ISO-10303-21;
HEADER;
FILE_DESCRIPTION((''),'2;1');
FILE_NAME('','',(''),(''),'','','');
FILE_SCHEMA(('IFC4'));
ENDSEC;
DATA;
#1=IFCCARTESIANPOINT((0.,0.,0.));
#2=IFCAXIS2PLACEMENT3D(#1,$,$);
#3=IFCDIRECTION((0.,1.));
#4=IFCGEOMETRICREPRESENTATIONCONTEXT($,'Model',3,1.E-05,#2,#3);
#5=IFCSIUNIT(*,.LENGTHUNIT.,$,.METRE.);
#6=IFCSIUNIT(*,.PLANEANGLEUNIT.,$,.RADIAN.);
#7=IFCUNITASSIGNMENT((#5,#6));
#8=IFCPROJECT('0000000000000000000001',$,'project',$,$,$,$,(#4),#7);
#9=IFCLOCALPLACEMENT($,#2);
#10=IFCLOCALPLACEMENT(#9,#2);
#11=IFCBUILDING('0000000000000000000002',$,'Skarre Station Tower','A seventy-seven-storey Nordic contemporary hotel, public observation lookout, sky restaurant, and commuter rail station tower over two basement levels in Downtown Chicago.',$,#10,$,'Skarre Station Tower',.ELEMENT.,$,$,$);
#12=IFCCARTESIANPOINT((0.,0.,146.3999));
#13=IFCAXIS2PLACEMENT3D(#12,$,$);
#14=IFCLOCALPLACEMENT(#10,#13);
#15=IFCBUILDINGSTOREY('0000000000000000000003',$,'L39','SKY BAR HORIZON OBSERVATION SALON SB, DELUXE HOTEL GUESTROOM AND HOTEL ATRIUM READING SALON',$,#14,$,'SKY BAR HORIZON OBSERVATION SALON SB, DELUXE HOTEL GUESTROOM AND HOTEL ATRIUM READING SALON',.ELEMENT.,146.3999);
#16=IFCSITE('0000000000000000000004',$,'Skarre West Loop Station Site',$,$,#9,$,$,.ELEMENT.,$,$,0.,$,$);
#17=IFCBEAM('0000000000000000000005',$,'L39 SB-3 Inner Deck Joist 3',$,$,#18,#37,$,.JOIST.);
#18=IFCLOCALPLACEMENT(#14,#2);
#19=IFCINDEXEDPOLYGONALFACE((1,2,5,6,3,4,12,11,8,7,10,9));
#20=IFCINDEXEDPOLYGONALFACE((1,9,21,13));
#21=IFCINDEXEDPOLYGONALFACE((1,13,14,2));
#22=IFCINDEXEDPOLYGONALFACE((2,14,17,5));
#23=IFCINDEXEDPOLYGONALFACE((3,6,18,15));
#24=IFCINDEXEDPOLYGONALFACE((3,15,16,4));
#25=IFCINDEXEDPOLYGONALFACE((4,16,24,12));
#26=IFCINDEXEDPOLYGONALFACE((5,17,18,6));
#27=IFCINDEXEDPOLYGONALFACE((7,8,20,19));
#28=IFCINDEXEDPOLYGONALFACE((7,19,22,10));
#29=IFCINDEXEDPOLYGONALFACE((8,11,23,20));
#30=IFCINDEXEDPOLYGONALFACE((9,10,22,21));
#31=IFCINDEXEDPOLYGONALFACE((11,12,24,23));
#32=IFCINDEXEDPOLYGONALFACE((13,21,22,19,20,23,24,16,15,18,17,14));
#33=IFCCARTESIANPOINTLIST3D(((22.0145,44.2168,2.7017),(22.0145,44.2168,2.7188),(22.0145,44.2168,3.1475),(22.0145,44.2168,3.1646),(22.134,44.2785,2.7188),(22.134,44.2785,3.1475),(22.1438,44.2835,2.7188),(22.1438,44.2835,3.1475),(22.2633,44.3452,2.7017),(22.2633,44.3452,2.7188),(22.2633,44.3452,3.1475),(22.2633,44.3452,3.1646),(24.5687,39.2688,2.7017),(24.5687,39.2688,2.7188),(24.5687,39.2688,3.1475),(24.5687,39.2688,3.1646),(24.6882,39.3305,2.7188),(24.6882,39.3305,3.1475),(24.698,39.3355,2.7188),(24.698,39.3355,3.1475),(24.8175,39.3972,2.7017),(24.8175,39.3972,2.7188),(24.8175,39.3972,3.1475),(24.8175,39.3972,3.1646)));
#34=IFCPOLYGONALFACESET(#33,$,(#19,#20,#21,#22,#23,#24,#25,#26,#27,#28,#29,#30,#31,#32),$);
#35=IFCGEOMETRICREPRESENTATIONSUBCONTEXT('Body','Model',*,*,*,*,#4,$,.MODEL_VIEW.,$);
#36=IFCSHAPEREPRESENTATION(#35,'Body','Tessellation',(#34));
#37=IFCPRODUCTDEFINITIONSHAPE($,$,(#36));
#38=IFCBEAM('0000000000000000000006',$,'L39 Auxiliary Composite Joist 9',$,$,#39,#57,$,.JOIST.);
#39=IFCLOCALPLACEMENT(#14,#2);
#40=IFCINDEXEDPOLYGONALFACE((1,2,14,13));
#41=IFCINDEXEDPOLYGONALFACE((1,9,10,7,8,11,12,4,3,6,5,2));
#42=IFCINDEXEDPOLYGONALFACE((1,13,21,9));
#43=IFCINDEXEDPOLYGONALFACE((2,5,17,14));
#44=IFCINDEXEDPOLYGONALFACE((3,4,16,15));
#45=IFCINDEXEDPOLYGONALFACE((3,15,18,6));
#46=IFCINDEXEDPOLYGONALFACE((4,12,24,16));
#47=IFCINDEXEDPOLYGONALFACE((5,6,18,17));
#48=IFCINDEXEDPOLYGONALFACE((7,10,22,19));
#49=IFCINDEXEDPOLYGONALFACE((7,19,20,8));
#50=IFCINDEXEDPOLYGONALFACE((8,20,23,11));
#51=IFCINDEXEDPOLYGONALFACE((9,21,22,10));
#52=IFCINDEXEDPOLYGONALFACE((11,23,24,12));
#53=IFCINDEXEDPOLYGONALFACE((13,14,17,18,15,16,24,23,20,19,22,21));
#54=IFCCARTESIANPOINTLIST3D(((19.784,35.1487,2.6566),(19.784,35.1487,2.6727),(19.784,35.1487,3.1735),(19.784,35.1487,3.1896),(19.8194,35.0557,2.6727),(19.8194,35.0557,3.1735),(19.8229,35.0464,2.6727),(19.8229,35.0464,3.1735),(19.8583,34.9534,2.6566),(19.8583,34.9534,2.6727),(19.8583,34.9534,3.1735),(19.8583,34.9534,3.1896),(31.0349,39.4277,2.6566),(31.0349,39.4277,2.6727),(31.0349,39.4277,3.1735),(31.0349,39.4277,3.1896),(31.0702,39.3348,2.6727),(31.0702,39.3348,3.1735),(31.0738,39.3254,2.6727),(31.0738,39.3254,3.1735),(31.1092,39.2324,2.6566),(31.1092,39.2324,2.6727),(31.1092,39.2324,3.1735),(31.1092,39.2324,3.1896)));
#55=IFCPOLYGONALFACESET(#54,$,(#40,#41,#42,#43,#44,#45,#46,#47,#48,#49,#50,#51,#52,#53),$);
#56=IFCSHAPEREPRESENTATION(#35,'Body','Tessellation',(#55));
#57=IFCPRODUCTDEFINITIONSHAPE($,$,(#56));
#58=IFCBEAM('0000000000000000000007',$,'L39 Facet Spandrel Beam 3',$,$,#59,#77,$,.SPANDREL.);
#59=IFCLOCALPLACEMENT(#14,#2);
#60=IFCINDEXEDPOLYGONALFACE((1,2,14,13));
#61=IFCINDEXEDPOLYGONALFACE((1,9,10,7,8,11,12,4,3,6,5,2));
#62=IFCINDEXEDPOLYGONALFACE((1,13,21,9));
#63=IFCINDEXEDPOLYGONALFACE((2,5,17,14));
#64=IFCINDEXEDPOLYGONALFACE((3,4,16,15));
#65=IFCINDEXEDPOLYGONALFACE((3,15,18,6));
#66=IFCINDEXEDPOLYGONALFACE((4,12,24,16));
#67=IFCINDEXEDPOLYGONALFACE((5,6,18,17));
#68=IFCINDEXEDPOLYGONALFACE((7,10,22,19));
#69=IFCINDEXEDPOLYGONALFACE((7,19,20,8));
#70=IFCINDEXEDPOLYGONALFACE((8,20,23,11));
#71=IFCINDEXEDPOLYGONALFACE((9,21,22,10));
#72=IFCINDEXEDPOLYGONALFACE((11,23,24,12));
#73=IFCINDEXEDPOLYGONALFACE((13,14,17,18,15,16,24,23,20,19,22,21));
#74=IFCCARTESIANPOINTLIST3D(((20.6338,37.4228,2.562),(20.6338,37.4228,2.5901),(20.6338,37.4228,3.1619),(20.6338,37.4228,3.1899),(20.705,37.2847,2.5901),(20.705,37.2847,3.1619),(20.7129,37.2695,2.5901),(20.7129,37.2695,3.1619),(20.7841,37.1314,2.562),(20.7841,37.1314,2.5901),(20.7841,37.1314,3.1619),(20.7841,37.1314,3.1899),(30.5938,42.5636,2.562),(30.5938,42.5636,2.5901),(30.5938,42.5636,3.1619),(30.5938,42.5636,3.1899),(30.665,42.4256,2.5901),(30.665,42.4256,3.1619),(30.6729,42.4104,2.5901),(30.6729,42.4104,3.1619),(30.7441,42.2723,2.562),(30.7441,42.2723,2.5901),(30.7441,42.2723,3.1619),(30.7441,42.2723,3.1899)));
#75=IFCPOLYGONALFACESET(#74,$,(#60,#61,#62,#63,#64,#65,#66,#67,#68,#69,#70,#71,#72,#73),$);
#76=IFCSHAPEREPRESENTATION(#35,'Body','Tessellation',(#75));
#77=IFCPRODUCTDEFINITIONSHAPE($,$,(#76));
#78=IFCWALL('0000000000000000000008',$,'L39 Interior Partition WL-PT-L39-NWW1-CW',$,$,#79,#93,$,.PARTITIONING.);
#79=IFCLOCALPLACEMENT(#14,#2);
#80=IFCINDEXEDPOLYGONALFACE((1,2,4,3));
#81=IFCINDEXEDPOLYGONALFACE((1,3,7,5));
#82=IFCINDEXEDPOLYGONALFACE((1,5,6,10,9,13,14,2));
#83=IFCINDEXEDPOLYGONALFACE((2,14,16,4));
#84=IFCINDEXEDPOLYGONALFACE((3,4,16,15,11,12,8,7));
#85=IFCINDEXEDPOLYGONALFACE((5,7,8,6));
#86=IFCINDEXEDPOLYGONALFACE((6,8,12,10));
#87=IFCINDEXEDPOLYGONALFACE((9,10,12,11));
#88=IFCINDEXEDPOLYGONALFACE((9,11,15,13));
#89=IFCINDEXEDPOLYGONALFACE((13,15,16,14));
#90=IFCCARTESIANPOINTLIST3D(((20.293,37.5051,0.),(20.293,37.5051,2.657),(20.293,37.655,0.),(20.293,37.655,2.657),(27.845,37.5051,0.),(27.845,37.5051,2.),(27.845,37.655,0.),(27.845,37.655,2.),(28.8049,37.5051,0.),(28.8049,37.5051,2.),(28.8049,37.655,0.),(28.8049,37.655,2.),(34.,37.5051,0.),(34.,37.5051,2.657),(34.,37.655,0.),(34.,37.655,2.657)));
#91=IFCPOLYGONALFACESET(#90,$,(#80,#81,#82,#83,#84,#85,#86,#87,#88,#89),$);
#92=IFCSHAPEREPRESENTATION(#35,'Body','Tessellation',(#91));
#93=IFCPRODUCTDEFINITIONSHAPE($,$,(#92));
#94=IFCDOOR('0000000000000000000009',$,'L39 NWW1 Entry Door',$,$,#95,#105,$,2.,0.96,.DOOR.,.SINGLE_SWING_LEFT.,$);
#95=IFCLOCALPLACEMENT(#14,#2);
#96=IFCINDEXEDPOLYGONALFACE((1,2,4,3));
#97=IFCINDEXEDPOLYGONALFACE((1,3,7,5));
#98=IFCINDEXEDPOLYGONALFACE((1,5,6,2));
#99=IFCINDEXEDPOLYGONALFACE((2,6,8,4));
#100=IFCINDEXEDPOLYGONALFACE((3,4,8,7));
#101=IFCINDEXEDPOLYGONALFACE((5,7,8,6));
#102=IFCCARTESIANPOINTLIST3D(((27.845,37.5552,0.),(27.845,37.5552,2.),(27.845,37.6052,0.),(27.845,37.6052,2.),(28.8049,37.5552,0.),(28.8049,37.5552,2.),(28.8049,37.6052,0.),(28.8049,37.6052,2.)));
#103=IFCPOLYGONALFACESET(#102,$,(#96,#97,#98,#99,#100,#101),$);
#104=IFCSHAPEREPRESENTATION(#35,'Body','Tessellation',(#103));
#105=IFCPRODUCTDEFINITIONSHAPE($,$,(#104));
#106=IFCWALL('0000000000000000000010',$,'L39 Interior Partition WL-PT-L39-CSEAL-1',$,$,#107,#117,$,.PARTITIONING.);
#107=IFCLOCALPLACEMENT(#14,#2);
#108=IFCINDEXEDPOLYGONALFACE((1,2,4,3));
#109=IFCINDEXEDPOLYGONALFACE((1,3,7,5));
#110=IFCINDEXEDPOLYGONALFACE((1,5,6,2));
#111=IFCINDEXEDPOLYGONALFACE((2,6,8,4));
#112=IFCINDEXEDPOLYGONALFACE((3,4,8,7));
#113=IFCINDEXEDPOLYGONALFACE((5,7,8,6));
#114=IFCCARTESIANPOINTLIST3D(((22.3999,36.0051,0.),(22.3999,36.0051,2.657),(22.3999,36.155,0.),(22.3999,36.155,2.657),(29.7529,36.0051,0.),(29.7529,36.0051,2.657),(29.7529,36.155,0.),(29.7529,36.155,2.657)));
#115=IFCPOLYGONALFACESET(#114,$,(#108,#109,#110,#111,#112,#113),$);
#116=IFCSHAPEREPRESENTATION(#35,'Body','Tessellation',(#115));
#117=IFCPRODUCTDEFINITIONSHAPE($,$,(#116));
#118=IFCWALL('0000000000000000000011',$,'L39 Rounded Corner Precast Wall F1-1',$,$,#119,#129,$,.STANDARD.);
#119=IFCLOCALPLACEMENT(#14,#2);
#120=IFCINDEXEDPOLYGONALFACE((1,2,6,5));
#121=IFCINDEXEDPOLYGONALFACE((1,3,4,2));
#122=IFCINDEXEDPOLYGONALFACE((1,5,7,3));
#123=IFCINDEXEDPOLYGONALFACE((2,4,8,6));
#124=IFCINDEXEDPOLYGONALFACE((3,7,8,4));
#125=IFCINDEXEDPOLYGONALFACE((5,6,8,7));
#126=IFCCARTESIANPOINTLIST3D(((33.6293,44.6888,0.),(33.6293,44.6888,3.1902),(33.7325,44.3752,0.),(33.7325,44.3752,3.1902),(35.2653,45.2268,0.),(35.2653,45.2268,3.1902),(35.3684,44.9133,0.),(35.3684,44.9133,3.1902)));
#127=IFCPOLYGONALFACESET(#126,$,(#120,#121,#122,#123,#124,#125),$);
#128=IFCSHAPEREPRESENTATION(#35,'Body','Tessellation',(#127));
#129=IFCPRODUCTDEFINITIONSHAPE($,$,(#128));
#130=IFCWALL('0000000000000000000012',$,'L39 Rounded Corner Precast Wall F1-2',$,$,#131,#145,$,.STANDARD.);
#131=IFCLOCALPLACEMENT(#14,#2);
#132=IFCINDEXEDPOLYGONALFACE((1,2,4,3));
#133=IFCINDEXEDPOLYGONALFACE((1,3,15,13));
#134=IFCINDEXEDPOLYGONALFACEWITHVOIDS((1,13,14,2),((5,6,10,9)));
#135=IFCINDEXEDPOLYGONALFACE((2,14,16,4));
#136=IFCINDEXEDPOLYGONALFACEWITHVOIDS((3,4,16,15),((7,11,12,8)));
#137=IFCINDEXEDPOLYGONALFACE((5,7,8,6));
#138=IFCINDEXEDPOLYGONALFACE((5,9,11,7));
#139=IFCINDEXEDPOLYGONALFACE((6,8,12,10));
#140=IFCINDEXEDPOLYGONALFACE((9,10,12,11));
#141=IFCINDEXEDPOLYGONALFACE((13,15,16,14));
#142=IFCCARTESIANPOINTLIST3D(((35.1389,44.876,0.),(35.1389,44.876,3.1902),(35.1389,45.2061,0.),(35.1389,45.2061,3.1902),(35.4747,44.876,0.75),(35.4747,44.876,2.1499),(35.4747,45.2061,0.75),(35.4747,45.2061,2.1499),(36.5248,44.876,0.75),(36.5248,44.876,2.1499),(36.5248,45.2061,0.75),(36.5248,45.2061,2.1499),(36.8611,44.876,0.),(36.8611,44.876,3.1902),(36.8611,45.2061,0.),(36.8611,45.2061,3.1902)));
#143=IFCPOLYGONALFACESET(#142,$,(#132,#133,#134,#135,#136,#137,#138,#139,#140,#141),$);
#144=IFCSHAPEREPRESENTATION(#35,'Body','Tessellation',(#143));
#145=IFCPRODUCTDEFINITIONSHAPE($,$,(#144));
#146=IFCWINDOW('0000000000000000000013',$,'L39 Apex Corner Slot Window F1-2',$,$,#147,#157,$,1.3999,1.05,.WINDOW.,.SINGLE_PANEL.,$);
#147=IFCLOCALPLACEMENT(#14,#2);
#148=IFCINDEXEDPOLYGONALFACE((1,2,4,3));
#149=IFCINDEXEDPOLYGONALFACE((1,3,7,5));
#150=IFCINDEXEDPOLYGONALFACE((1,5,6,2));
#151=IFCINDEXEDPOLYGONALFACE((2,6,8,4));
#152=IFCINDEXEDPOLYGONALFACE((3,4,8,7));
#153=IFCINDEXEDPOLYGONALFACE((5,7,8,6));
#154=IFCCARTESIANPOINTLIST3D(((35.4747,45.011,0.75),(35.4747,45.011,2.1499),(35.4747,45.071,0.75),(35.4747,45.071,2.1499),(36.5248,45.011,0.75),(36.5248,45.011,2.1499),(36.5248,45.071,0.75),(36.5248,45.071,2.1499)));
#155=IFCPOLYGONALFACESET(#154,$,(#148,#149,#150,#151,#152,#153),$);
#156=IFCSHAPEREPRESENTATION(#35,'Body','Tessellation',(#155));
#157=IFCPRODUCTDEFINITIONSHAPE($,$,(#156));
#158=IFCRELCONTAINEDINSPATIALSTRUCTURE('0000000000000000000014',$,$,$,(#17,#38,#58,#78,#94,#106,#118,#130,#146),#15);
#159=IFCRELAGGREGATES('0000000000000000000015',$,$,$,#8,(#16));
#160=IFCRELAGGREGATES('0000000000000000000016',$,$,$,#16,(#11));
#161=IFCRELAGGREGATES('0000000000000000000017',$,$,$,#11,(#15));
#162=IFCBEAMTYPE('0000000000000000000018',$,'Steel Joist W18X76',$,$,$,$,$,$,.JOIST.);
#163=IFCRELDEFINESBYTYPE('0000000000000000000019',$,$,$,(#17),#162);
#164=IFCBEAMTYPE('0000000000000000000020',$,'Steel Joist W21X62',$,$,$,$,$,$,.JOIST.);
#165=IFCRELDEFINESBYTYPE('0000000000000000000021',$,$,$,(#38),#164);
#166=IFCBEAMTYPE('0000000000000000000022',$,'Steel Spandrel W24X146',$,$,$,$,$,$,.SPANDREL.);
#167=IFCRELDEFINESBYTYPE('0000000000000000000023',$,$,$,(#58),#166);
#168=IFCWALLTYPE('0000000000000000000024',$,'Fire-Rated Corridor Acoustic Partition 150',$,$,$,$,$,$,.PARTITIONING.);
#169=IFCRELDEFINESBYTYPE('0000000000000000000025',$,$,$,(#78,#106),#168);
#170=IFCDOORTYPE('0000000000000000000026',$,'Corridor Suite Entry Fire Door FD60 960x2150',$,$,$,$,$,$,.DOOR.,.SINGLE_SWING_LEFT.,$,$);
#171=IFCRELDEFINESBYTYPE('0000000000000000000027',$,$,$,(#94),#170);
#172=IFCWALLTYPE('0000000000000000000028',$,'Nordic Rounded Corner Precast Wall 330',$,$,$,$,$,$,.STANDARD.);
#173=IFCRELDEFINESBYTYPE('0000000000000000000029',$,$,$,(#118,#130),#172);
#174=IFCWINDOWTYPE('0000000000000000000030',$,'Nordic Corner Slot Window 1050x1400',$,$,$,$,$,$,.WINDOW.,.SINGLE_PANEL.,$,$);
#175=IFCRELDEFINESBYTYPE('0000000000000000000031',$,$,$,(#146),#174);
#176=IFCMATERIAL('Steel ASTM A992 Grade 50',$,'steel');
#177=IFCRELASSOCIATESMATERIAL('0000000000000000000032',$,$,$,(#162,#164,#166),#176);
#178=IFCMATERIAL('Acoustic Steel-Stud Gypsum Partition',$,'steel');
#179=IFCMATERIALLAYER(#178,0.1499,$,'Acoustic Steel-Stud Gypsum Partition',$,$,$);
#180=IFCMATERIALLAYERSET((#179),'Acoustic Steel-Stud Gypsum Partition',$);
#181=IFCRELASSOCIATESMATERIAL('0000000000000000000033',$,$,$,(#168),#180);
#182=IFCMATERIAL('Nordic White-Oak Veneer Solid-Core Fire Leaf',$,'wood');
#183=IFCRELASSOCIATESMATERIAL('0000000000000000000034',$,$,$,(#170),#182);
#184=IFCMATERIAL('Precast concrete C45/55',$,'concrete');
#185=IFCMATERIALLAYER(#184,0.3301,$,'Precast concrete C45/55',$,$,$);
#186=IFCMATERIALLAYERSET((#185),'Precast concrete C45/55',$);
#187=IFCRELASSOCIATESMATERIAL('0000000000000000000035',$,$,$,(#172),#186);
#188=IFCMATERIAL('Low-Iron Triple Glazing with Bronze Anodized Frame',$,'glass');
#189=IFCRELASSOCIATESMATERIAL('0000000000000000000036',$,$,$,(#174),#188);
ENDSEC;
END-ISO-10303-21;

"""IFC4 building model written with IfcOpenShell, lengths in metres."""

from ifc_helpers import new_model, si_unit, direction, frame, frame_2d, origin, origin_2d, place, context, subcontext, project, spatial, rectangle, i_section, extrude, material, layer, layer_set, material_profile, profile_set, type_object, element, fill, save


model = new_model("IFC4")

# Units and contexts
model_context = context("Model", 3, precision=1e-05, world=origin(), true_north=direction((0.0, 1.0)))
body_context = subcontext(model_context, "Body", "Model", "MODEL_VIEW")
ifc_project = project(units=[si_unit("LENGTHUNIT", "METRE"), si_unit("PLANEANGLEUNIT", "RADIAN")], contexts=[model_context])

# Site, building, storey
site_placement = place(None, origin())
site = spatial("IfcSite", under=ifc_project, at=site_placement, Name="Skarre West Loop Station Site", CompositionType="ELEMENT", RefElevation=0.0)
building_placement = place(site_placement, origin())
building = spatial("IfcBuilding", under=site, at=building_placement, Name="Skarre Station Tower", Description="A seventy-seven-storey Nordic contemporary hotel, public observation lookout, sky restaurant, and commuter rail station tower over two basement levels in Downtown Chicago.", LongName="Skarre Station Tower", CompositionType="ELEMENT")
storey_placement = place(building_placement, frame((0.0, 0.0, 146.3999)))
storey = spatial("IfcBuildingStorey", under=building, at=storey_placement, Name="L39", Description="SKY BAR HORIZON OBSERVATION SALON SB, DELUXE HOTEL GUESTROOM AND HOTEL ATRIUM READING SALON", LongName="SKY BAR HORIZON OBSERVATION SALON SB, DELUXE HOTEL GUESTROOM AND HOTEL ATRIUM READING SALON", CompositionType="ELEMENT", Elevation=146.3999)

# Beams
ifc_material_1 = material(Name="Steel ASTM A992 Grade 50", Category="steel")
ifc_material_profile_1 = material_profile(ifc_material_1, i_section(OverallWidth=0.28, OverallDepth=0.4629, WebThickness=0.011, FlangeThickness=0.0171, at=origin_2d()), Name="Steel ASTM A992 Grade 50")
ifc_profile_set_1 = profile_set([ifc_material_profile_1], Name="Steel ASTM A992 Grade 50")
beam_type_1 = type_object("IfcBeamType", Name="Steel Joist W18X76", PredefinedType="JOIST", material=ifc_profile_set_1)
beam_1_placement = place(storey_placement, frame((24.6931, 39.333, 2.9331), z_axis=(-0.458699, 0.888592, 0.0), x_axis=(-0.888592, -0.458699, 0.0)))
element("IfcBeam", 1, at=beam_1_placement, inside=storey, type_object=beam_type_1, Name="L39 SB-3 Inner Deck Joist 3", PredefinedType="JOIST", context=body_context, shape_type="SweptSolid", body=[
    extrude(i_section(OverallWidth=0.28, OverallDepth=0.4629, WebThickness=0.011, FlangeThickness=0.0171, at=origin_2d()), origin(), (0.0, 0.0, 1.0), 5.5684),
])
ifc_material_profile_2 = material_profile(ifc_material_1, i_section(OverallWidth=0.209, OverallDepth=0.533, WebThickness=0.01, FlangeThickness=0.0161, at=origin_2d()), Name="Steel ASTM A992 Grade 50")
ifc_profile_set_2 = profile_set([ifc_material_profile_2], Name="Steel ASTM A992 Grade 50")
beam_type_2 = type_object("IfcBeamType", Name="Steel Joist W21X62", PredefinedType="JOIST", material=ifc_profile_set_2)
beam_2_placement = place(storey_placement, frame((31.072, 39.3301, 2.9231), z_axis=(-0.934682, -0.355485, 0.0), x_axis=(0.355485, -0.934682, 0.0)))
element("IfcBeam", 2, at=beam_2_placement, inside=storey, type_object=beam_type_2, Name="L39 Auxiliary Composite Joist 9", PredefinedType="JOIST", context=body_context, shape_type="SweptSolid", body=[
    extrude(i_section(OverallWidth=0.209, OverallDepth=0.533, WebThickness=0.01, FlangeThickness=0.0161, at=origin_2d()), origin(), (0.0, 0.0, 1.0), 12.0371),
])
ifc_material_profile_3 = material_profile(ifc_material_1, i_section(OverallWidth=0.3279, OverallDepth=0.6279, WebThickness=0.0171, FlangeThickness=0.0281, at=origin_2d()), Name="Steel ASTM A992 Grade 50")
ifc_profile_set_3 = profile_set([ifc_material_profile_3], Name="Steel ASTM A992 Grade 50")
beam_type_3 = type_object("IfcBeamType", Name="Steel Spandrel W24X146", PredefinedType="SPANDREL", material=ifc_profile_set_3)
beam_3_placement = place(storey_placement, frame((30.6689, 42.418, 2.876), z_axis=(-0.888612, -0.45866, 0.0), x_axis=(0.45866, -0.888612, 0.0)))
element("IfcBeam", 3, at=beam_3_placement, inside=storey, type_object=beam_type_3, Name="L39 Facet Spandrel Beam 3", PredefinedType="SPANDREL", context=body_context, shape_type="SweptSolid", body=[
    extrude(i_section(OverallWidth=0.3279, OverallDepth=0.6279, WebThickness=0.0171, FlangeThickness=0.0281, at=origin_2d()), origin(), (0.0, 0.0, 1.0), 11.2085),
])

# Wall, opening, door
ifc_material_2 = material(Name="Acoustic Steel-Stud Gypsum Partition", Category="steel")
ifc_layer_1 = layer(ifc_material_2, 0.1499, Name="Acoustic Steel-Stud Gypsum Partition")
ifc_layer_set_1 = layer_set([ifc_layer_1], Name="Acoustic Steel-Stud Gypsum Partition")
wall_type_1 = type_object("IfcWallType", Name="Fire-Rated Corridor Acoustic Partition 150", PredefinedType="PARTITIONING", material=ifc_layer_set_1)
wall_1_placement = place(storey_placement, frame((34.0, 37.5801, 0.0), z_axis=(0.0, 0.0, 1.0), x_axis=(-1.0, 0.0, 0.0)))
wall_1 = element("IfcWall", 4, at=wall_1_placement, inside=storey, type_object=wall_type_1, Name="L39 Interior Partition WL-PT-L39-NWW1-CW", PredefinedType="PARTITIONING", context=body_context, shape_type="SweptSolid", body=[
    extrude(rectangle(XDim=13.707, YDim=0.1499, at=frame_2d((6.8535, 0.0))), origin(), (0.0, 0.0, 1.0), 2.657),
])
opening_1_placement = place(wall_1_placement, frame((5.1951, 0.0, 0.0)))
opening_1 = element("IfcOpeningElement", 5, at=opening_1_placement, cuts=wall_1, PredefinedType="OPENING", context=body_context, shape_type="SweptSolid", body=[
    extrude(rectangle(XDim=0.96, YDim=2.0, at=frame_2d((0.48, 1.0))), frame((0.0, 0.085, 0.0), z_axis=(0.0, -1.0, 0.0), x_axis=(1.0, 0.0, 0.0)), (0.0, 0.0, 1.0), 0.1699),
])
ifc_material_3 = material(Name="Nordic White-Oak Veneer Solid-Core Fire Leaf", Category="wood")
door_type = type_object("IfcDoorType", Name="Corridor Suite Entry Fire Door FD60 960x2150", OperationType="SINGLE_SWING_LEFT", PredefinedType="DOOR", material=ifc_material_3)
door_1_placement = place(opening_1_placement, origin())
door_1 = element("IfcDoor", 6, at=door_1_placement, inside=storey, type_object=door_type, Name="L39 NWW1 Entry Door", OperationType="SINGLE_SWING_LEFT", OverallHeight=2.0, OverallWidth=0.96, PredefinedType="DOOR", context=body_context, shape_type="SweptSolid", body=[
    extrude(rectangle(XDim=0.96, YDim=2.0, at=frame_2d((0.48, 1.0))), frame((0.0, 0.0249, 0.0), z_axis=(0.0, -1.0, 0.0), x_axis=(1.0, 0.0, 0.0)), (0.0, 0.0, 1.0), 0.05),
])
fill(opening_1, door_1)

# Walls
wall_2_placement = place(storey_placement, frame((29.7529, 36.0801, 0.0), z_axis=(0.0, 0.0, 1.0), x_axis=(-1.0, 0.0, 0.0)))
element("IfcWall", 7, at=wall_2_placement, inside=storey, type_object=wall_type_1, Name="L39 Interior Partition WL-PT-L39-CSEAL-1", PredefinedType="PARTITIONING", context=body_context, shape_type="SweptSolid", body=[
    extrude(rectangle(XDim=7.353, YDim=0.1499, at=frame_2d((3.6765, 0.0))), origin(), (0.0, 0.0, 1.0), 2.657),
])
ifc_material_4 = material(Name="Precast concrete C45/55", Category="concrete")
ifc_layer_2 = layer(ifc_material_4, 0.3301, Name="Precast concrete C45/55")
ifc_layer_set_2 = layer_set([ifc_layer_2], Name="Precast concrete C45/55")
wall_type_2 = type_object("IfcWallType", Name="Nordic Rounded Corner Precast Wall 330", PredefinedType="STANDARD", material=ifc_layer_set_2)
wall_3_placement = place(storey_placement, frame((33.6809, 44.532, 0.0), z_axis=(0.0, 0.0, 1.0), x_axis=(0.949937, 0.31244, 0.0)))
element("IfcWall", 8, at=wall_3_placement, inside=storey, type_object=wall_type_2, Name="L39 Rounded Corner Precast Wall F1-1", PredefinedType="STANDARD", context=body_context, shape_type="SweptSolid", body=[
    extrude(rectangle(XDim=1.7222, YDim=0.3301, at=frame_2d((0.8611, 0.0))), origin(), (0.0, 0.0, 1.0), 3.1902),
])

# Wall, opening, window
wall_4_placement = place(storey_placement, frame((35.1389, 45.041, 0.0), z_axis=(0.0, 0.0, 1.0), x_axis=(1.0, 0.0, 0.0)))
wall_4 = element("IfcWall", 9, at=wall_4_placement, inside=storey, type_object=wall_type_2, Name="L39 Rounded Corner Precast Wall F1-2", PredefinedType="STANDARD", context=body_context, shape_type="SweptSolid", body=[
    extrude(rectangle(XDim=1.7222, YDim=0.3301, at=frame_2d((0.8611, 0.0))), origin(), (0.0, 0.0, 1.0), 3.1902),
])
opening_2_placement = place(wall_4_placement, frame((0.3359, 0.0, 0.75)))
opening_2 = element("IfcOpeningElement", 10, at=opening_2_placement, cuts=wall_4, PredefinedType="OPENING", context=body_context, shape_type="SweptSolid", body=[
    extrude(rectangle(XDim=1.05, YDim=1.3999, at=frame_2d((0.5249, 0.7))), frame((0.0, 0.175, 0.0), z_axis=(0.0, -1.0, 0.0), x_axis=(1.0, 0.0, 0.0)), (0.0, 0.0, 1.0), 0.3501),
])
ifc_material_5 = material(Name="Low-Iron Triple Glazing with Bronze Anodized Frame", Category="glass")
window_type = type_object("IfcWindowType", Name="Nordic Corner Slot Window 1050x1400", PartitioningType="SINGLE_PANEL", PredefinedType="WINDOW", material=ifc_material_5)
window_placement = place(opening_2_placement, origin())
window = element("IfcWindow", 11, at=window_placement, inside=storey, type_object=window_type, Name="L39 Apex Corner Slot Window F1-2", OverallHeight=1.3999, OverallWidth=1.05, PartitioningType="SINGLE_PANEL", PredefinedType="WINDOW", context=body_context, shape_type="SweptSolid", body=[
    extrude(rectangle(XDim=1.05, YDim=1.3999, at=frame_2d((0.5249, 0.7))), frame((0.0, 0.03, 0.0), z_axis=(0.0, -1.0, 0.0), x_axis=(1.0, 0.0, 0.0)), (0.0, 0.0, 1.0), 0.0601),
])
fill(opening_2, window)

save(model, "model.ifc")
